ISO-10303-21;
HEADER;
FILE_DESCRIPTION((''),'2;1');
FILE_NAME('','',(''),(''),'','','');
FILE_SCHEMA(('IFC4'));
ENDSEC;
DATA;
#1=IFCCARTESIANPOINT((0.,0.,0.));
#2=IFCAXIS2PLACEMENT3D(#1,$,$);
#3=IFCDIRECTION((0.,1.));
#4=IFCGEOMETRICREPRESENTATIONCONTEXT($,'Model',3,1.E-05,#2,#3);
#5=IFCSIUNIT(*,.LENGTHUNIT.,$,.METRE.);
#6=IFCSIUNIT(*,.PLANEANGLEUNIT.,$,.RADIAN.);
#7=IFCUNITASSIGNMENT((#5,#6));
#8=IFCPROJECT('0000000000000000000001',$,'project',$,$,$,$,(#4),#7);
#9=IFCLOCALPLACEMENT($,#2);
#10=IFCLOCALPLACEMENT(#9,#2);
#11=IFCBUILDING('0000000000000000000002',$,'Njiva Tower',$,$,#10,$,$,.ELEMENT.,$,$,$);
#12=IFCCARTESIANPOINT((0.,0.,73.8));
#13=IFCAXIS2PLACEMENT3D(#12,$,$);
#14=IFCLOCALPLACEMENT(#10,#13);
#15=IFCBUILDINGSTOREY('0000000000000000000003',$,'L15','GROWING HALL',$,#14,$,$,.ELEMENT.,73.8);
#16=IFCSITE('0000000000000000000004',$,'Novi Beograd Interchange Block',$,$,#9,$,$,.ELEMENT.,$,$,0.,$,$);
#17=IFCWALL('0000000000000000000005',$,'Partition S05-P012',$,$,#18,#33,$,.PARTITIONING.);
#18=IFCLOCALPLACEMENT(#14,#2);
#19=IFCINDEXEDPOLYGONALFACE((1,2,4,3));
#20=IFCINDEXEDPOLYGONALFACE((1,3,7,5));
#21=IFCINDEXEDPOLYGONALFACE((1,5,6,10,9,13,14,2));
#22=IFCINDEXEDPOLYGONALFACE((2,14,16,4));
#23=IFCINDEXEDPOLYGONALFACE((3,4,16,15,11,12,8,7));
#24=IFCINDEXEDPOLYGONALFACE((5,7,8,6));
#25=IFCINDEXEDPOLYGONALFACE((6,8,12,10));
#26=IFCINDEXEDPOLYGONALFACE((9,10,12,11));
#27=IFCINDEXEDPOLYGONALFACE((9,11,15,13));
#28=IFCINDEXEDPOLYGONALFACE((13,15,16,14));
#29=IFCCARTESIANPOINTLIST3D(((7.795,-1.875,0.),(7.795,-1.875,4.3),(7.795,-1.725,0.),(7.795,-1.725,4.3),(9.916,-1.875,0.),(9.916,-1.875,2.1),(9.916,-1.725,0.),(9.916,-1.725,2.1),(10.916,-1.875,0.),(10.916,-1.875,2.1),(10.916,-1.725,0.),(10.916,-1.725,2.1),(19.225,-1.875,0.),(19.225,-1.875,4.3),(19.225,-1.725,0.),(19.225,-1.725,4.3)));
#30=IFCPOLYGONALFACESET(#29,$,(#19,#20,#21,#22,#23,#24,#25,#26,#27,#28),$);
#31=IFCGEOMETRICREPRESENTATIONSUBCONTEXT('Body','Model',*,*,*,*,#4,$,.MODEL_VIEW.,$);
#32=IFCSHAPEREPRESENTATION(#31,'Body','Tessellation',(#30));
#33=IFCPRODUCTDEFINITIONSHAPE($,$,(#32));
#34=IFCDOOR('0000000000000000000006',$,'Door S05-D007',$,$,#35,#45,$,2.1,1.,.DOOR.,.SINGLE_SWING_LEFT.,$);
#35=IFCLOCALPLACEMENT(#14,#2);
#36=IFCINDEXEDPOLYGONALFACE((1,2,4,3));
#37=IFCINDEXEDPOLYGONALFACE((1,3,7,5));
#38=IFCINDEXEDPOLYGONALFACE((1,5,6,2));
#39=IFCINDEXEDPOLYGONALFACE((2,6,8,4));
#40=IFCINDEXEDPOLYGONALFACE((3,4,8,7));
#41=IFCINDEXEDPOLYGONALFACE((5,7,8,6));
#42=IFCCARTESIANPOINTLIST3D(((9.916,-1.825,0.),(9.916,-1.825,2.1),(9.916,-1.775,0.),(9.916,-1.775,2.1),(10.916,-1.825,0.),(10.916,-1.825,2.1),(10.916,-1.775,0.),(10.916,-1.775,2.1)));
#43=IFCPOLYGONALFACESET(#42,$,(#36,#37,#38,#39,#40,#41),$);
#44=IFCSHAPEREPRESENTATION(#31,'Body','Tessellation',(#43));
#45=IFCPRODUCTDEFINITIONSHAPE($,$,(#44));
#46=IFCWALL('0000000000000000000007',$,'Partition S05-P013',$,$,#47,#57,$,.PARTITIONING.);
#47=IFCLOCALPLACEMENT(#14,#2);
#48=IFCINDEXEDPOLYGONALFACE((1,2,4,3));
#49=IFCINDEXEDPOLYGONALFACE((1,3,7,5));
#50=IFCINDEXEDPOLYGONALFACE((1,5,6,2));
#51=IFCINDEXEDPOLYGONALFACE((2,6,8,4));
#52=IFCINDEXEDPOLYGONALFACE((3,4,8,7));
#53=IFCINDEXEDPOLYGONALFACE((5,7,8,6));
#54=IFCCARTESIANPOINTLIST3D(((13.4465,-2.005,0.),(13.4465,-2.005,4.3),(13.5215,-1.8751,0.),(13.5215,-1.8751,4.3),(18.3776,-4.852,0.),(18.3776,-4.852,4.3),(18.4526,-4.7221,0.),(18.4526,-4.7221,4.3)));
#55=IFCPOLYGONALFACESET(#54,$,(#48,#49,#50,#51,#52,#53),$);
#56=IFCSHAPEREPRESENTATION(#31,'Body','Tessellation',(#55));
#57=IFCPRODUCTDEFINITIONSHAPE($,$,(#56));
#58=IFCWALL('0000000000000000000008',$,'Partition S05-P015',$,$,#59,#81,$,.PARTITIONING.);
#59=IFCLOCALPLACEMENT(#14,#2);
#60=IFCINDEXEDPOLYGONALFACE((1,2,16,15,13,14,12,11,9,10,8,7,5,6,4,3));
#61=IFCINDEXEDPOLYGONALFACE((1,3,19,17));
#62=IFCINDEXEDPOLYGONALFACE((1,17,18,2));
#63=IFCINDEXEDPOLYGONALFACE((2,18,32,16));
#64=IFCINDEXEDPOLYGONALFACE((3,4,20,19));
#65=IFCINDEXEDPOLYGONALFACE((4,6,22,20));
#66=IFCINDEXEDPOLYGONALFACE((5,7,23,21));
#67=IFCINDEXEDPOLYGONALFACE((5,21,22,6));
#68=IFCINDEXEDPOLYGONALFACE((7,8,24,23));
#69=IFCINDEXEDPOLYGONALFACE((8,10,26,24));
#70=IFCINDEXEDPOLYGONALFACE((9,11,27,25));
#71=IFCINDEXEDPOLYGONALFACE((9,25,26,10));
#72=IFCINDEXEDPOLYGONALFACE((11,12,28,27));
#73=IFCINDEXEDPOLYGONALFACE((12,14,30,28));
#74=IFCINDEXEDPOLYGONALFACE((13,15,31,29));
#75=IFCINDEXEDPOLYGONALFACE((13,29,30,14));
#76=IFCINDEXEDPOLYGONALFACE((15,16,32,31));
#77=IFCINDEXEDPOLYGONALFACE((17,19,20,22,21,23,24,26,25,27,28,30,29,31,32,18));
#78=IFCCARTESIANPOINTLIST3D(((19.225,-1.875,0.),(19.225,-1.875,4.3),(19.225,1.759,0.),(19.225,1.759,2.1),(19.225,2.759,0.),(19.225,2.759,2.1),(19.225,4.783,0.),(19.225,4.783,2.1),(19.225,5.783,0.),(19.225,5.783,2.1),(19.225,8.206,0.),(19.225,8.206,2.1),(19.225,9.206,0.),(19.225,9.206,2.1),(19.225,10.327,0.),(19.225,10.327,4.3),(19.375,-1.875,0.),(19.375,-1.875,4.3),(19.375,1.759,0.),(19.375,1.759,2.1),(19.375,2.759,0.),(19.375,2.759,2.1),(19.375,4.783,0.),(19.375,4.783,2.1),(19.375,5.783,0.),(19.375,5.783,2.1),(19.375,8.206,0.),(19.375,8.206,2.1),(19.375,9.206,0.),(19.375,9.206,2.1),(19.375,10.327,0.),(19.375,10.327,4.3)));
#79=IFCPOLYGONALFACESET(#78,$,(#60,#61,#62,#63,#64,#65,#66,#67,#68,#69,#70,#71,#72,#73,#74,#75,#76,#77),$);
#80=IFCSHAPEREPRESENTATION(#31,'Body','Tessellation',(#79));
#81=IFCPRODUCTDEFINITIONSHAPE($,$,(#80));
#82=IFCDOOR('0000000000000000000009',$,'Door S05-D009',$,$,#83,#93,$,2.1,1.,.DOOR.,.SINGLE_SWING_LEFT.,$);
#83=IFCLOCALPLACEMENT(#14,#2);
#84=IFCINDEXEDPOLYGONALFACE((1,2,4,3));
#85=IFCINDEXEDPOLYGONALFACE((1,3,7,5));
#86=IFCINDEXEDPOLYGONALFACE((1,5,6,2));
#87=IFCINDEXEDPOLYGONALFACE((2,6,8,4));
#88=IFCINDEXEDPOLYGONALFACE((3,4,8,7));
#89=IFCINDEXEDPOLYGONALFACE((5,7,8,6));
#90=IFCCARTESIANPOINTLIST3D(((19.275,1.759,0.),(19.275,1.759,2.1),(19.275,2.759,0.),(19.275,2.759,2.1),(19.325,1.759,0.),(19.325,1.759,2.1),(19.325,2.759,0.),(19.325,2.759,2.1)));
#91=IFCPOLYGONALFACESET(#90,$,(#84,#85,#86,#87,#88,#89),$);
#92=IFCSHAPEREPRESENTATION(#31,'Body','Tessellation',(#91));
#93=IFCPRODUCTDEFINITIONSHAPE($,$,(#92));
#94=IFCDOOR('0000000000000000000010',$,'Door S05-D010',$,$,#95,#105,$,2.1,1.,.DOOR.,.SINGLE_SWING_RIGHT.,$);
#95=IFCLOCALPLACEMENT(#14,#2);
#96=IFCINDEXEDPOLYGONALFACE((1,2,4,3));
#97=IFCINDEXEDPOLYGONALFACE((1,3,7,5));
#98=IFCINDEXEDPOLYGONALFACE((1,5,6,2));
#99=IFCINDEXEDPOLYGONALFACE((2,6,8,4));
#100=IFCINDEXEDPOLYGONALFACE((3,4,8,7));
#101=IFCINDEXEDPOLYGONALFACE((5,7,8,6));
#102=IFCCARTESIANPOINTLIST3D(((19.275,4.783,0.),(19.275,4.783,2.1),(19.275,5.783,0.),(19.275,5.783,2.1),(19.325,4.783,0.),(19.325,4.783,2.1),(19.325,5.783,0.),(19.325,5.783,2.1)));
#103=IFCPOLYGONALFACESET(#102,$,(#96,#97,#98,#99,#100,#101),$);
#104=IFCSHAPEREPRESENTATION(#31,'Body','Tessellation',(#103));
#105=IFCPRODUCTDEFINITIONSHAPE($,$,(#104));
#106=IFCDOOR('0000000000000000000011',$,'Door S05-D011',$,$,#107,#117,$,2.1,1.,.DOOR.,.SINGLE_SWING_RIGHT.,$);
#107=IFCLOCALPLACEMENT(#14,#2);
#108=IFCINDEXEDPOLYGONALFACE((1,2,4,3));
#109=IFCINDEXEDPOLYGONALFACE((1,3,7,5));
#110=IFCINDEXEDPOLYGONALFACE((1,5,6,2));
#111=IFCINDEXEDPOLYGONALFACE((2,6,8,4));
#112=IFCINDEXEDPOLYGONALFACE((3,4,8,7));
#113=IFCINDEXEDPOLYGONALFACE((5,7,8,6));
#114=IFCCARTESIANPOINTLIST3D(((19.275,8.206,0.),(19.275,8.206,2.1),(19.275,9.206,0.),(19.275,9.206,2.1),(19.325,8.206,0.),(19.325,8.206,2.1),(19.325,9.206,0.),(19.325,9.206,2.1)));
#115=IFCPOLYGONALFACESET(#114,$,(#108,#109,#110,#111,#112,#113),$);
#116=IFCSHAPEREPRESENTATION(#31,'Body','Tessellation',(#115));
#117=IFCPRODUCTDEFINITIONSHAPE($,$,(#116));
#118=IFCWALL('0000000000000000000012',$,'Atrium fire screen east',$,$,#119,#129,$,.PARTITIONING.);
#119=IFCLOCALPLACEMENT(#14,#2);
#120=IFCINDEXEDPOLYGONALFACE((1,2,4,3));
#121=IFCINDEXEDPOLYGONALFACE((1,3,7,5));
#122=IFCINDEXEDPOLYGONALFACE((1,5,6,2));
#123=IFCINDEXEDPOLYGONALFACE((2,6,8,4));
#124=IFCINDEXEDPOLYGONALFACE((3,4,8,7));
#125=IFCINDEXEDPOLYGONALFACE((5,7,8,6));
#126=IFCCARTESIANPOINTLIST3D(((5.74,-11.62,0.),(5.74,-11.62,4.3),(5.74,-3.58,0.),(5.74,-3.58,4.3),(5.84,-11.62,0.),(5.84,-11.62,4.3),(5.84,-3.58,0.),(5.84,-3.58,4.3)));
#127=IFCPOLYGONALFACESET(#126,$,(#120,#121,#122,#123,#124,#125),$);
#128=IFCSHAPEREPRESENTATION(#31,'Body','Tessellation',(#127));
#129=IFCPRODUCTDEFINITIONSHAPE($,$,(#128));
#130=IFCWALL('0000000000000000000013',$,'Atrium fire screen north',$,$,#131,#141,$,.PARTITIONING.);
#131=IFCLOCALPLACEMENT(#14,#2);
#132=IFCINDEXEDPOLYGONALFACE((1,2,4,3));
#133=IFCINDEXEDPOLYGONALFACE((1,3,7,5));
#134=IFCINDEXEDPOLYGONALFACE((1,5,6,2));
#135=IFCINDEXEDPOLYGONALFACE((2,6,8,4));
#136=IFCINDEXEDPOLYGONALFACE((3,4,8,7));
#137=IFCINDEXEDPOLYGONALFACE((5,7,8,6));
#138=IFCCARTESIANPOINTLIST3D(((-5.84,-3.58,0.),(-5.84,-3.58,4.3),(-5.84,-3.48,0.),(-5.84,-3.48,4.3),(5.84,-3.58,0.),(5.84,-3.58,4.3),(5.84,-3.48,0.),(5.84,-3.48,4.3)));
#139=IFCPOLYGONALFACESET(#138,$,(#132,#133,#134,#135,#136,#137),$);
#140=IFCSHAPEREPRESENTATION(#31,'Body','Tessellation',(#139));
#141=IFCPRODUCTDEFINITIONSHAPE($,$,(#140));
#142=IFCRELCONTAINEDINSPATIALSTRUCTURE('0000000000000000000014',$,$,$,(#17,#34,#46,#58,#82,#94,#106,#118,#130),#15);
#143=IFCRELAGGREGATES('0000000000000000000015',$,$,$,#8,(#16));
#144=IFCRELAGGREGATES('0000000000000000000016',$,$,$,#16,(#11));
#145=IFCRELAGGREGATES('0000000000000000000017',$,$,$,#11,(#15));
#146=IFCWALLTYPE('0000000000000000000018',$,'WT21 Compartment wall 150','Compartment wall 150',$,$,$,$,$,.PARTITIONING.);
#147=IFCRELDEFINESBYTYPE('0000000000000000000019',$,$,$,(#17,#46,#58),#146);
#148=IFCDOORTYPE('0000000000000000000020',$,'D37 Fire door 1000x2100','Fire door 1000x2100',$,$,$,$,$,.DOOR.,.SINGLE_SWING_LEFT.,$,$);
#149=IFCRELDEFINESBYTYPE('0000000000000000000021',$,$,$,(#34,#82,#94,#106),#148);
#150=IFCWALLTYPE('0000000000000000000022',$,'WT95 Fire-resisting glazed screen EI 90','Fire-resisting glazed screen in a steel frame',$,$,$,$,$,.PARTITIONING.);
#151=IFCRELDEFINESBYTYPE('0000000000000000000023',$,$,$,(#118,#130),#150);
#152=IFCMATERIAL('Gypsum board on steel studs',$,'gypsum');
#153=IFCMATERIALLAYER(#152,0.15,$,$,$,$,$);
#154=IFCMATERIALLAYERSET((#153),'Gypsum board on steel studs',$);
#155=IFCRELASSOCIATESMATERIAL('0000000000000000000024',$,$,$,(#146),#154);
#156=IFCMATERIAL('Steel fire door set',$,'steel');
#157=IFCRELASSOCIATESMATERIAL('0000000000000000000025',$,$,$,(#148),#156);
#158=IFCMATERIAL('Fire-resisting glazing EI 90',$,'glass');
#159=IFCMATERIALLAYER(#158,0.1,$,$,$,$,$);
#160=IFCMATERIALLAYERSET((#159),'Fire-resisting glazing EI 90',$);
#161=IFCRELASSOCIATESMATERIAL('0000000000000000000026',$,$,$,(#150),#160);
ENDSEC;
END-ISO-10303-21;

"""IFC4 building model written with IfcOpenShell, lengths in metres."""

from ifc_helpers import new_model, si_unit, direction, frame, frame_2d, origin, place, context, subcontext, project, spatial, rectangle, extrude, material, layer, layer_set, type_object, element, fill, save


model = new_model("IFC4")

# Units and contexts
model_context = context("Model", 3, precision=1e-05, world=origin(), true_north=direction((0.0, 1.0)))
body_context = subcontext(model_context, "Body", "Model", "MODEL_VIEW")
ifc_project = project(units=[si_unit("LENGTHUNIT", "METRE"), si_unit("PLANEANGLEUNIT", "RADIAN")], contexts=[model_context])

# Site, building, storey
site_placement = place(None, origin())
site = spatial("IfcSite", under=ifc_project, at=site_placement, Name="Novi Beograd Interchange Block", CompositionType="ELEMENT", RefElevation=0.0)
building_placement = place(site_placement, origin())
building = spatial("IfcBuilding", under=site, at=building_placement, Name="Njiva Tower", CompositionType="ELEMENT")
storey_placement = place(building_placement, frame((0.0, 0.0, 73.8)))
storey = spatial("IfcBuildingStorey", under=building, at=storey_placement, Name="L15", Description="GROWING HALL", CompositionType="ELEMENT", Elevation=73.8)

# Shared definitions
ifc_material_1 = material(Name="Gypsum board on steel studs", Category="gypsum")
ifc_layer_1 = layer(ifc_material_1, 0.15)
ifc_layer_set_1 = layer_set([ifc_layer_1], Name="Gypsum board on steel studs")
wall_type_1 = type_object("IfcWallType", Name="WT21 Compartment wall 150", Description="Compartment wall 150", PredefinedType="PARTITIONING", material=ifc_layer_set_1)

# Wall, opening, door
wall_1_placement = place(storey_placement, frame((7.795, -1.8, 0.0), z_axis=(0.0, 0.0, 1.0), x_axis=(1.0, 0.0, 0.0)))
wall_1 = element("IfcWall", 1, at=wall_1_placement, inside=storey, type_object=wall_type_1, Name="Partition S05-P012", PredefinedType="PARTITIONING", context=body_context, shape_type="SweptSolid", body=[
    extrude(rectangle(XDim=11.43, YDim=0.15, at=frame_2d((5.715, 0.0))), origin(), (0.0, 0.0, 1.0), 4.3),
])
opening_1_placement = place(wall_1_placement, frame((2.121, 0.0, 0.0)))
opening_1 = element("IfcOpeningElement", 2, at=opening_1_placement, cuts=wall_1, PredefinedType="OPENING", context=body_context, shape_type="SweptSolid", body=[
    extrude(rectangle(XDim=1.0, YDim=2.1, at=frame_2d((0.5, 1.05))), frame((0.0, 0.085, 0.0), z_axis=(0.0, -1.0, 0.0), x_axis=(1.0, 0.0, 0.0)), (0.0, 0.0, 1.0), 0.17),
])
ifc_material_2 = material(Name="Steel fire door set", Category="steel")
door_type = type_object("IfcDoorType", Name="D37 Fire door 1000x2100", Description="Fire door 1000x2100", OperationType="SINGLE_SWING_LEFT", PredefinedType="DOOR", material=ifc_material_2)
door_1_placement = place(opening_1_placement, origin())
door_1 = element("IfcDoor", 3, at=door_1_placement, inside=storey, type_object=door_type, Name="Door S05-D007", OperationType="SINGLE_SWING_LEFT", OverallHeight=2.1, OverallWidth=1.0, PredefinedType="DOOR", context=body_context, shape_type="SweptSolid", body=[
    extrude(rectangle(XDim=1.0, YDim=2.1, at=frame_2d((0.5, 1.05))), frame((0.0, 0.025, 0.0), z_axis=(0.0, -1.0, 0.0), x_axis=(1.0, 0.0, 0.0)), (0.0, 0.0, 1.0), 0.05),
])
fill(opening_1, door_1)

# Wall
wall_2_placement = place(storey_placement, frame((13.484, -1.94, 0.0), z_axis=(0.0, 0.0, 1.0), x_axis=(0.866019, -0.500011, 0.0)))
element("IfcWall", 4, at=wall_2_placement, inside=storey, type_object=wall_type_1, Name="Partition S05-P013", PredefinedType="PARTITIONING", context=body_context, shape_type="SweptSolid", body=[
    extrude(rectangle(XDim=5.6939, YDim=0.15, at=frame_2d((2.847, 0.0))), origin(), (0.0, 0.0, 1.0), 4.3),
])

# Wall, openings, doors
wall_3_placement = place(storey_placement, frame((19.3, -1.875, 0.0), z_axis=(0.0, 0.0, 1.0), x_axis=(0.0, 1.0, 0.0)))
wall_3 = element("IfcWall", 5, at=wall_3_placement, inside=storey, type_object=wall_type_1, Name="Partition S05-P015", PredefinedType="PARTITIONING", context=body_context, shape_type="SweptSolid", body=[
    extrude(rectangle(XDim=12.202, YDim=0.15, at=frame_2d((6.101, 0.0))), origin(), (0.0, 0.0, 1.0), 4.3),
])
opening_2_placement = place(wall_3_placement, frame((3.634, 0.0, 0.0)))
opening_2 = element("IfcOpeningElement", 6, at=opening_2_placement, cuts=wall_3, PredefinedType="OPENING", context=body_context, shape_type="SweptSolid", body=[
    extrude(rectangle(XDim=1.0, YDim=2.1, at=frame_2d((0.5, 1.05))), frame((0.0, 0.085, 0.0), z_axis=(0.0, -1.0, 0.0), x_axis=(1.0, 0.0, 0.0)), (0.0, 0.0, 1.0), 0.17),
])
opening_3_placement = place(wall_3_placement, frame((6.658, 0.0, 0.0)))
opening_3 = element("IfcOpeningElement", 7, at=opening_3_placement, cuts=wall_3, PredefinedType="OPENING", context=body_context, shape_type="SweptSolid", body=[
    extrude(rectangle(XDim=1.0, YDim=2.1, at=frame_2d((0.5, 1.05))), frame((0.0, 0.085, 0.0), z_axis=(0.0, -1.0, 0.0), x_axis=(1.0, 0.0, 0.0)), (0.0, 0.0, 1.0), 0.17),
])
opening_4_placement = place(wall_3_placement, frame((10.081, 0.0, 0.0)))
opening_4 = element("IfcOpeningElement", 8, at=opening_4_placement, cuts=wall_3, PredefinedType="OPENING", context=body_context, shape_type="SweptSolid", body=[
    extrude(rectangle(XDim=1.0, YDim=2.1, at=frame_2d((0.5, 1.05))), frame((0.0, 0.085, 0.0), z_axis=(0.0, -1.0, 0.0), x_axis=(1.0, 0.0, 0.0)), (0.0, 0.0, 1.0), 0.17),
])
door_2_placement = place(opening_2_placement, origin())
door_2 = element("IfcDoor", 9, at=door_2_placement, inside=storey, type_object=door_type, Name="Door S05-D009", OperationType="SINGLE_SWING_LEFT", OverallHeight=2.1, OverallWidth=1.0, PredefinedType="DOOR", context=body_context, shape_type="SweptSolid", body=[
    extrude(rectangle(XDim=1.0, YDim=2.1, at=frame_2d((0.5, 1.05))), frame((0.0, 0.025, 0.0), z_axis=(0.0, -1.0, 0.0), x_axis=(1.0, 0.0, 0.0)), (0.0, 0.0, 1.0), 0.05),
])
fill(opening_2, door_2)
door_3_placement = place(opening_3_placement, origin())
door_3 = element("IfcDoor", 10, at=door_3_placement, inside=storey, type_object=door_type, Name="Door S05-D010", OperationType="SINGLE_SWING_RIGHT", OverallHeight=2.1, OverallWidth=1.0, PredefinedType="DOOR", context=body_context, shape_type="SweptSolid", body=[
    extrude(rectangle(XDim=1.0, YDim=2.1, at=frame_2d((0.5, 1.05))), frame((0.0, 0.025, 0.0), z_axis=(0.0, -1.0, 0.0), x_axis=(1.0, 0.0, 0.0)), (0.0, 0.0, 1.0), 0.05),
])
fill(opening_3, door_3)
door_4_placement = place(opening_4_placement, origin())
door_4 = element("IfcDoor", 11, at=door_4_placement, inside=storey, type_object=door_type, Name="Door S05-D011", OperationType="SINGLE_SWING_RIGHT", OverallHeight=2.1, OverallWidth=1.0, PredefinedType="DOOR", context=body_context, shape_type="SweptSolid", body=[
    extrude(rectangle(XDim=1.0, YDim=2.1, at=frame_2d((0.5, 1.05))), frame((0.0, 0.025, 0.0), z_axis=(0.0, -1.0, 0.0), x_axis=(1.0, 0.0, 0.0)), (0.0, 0.0, 1.0), 0.05),
])
fill(opening_4, door_4)

# Walls
ifc_material_3 = material(Name="Fire-resisting glazing EI 90", Category="glass")
ifc_layer_2 = layer(ifc_material_3, 0.1)
ifc_layer_set_2 = layer_set([ifc_layer_2], Name="Fire-resisting glazing EI 90")
wall_type_2 = type_object("IfcWallType", Name="WT95 Fire-resisting glazed screen EI 90", Description="Fire-resisting glazed screen in a steel frame", PredefinedType="PARTITIONING", material=ifc_layer_set_2)
wall_4_placement = place(storey_placement, frame((5.79, -11.62, 0.0), z_axis=(0.0, 0.0, 1.0), x_axis=(0.0, 1.0, 0.0)))
element("IfcWall", 12, at=wall_4_placement, inside=storey, type_object=wall_type_2, Name="Atrium fire screen east", PredefinedType="PARTITIONING", context=body_context, shape_type="SweptSolid", body=[
    extrude(rectangle(XDim=8.04, YDim=0.1, at=frame_2d((4.02, 0.0))), origin(), (0.0, 0.0, 1.0), 4.3),
])
wall_5_placement = place(storey_placement, frame((5.84, -3.53, 0.0), z_axis=(0.0, 0.0, 1.0), x_axis=(-1.0, 0.0, 0.0)))
element("IfcWall", 13, at=wall_5_placement, inside=storey, type_object=wall_type_2, Name="Atrium fire screen north", PredefinedType="PARTITIONING", context=body_context, shape_type="SweptSolid", body=[
    extrude(rectangle(XDim=11.68, YDim=0.1, at=frame_2d((5.84, 0.0))), origin(), (0.0, 0.0, 1.0), 4.3),
])

save(model, "model.ifc")
